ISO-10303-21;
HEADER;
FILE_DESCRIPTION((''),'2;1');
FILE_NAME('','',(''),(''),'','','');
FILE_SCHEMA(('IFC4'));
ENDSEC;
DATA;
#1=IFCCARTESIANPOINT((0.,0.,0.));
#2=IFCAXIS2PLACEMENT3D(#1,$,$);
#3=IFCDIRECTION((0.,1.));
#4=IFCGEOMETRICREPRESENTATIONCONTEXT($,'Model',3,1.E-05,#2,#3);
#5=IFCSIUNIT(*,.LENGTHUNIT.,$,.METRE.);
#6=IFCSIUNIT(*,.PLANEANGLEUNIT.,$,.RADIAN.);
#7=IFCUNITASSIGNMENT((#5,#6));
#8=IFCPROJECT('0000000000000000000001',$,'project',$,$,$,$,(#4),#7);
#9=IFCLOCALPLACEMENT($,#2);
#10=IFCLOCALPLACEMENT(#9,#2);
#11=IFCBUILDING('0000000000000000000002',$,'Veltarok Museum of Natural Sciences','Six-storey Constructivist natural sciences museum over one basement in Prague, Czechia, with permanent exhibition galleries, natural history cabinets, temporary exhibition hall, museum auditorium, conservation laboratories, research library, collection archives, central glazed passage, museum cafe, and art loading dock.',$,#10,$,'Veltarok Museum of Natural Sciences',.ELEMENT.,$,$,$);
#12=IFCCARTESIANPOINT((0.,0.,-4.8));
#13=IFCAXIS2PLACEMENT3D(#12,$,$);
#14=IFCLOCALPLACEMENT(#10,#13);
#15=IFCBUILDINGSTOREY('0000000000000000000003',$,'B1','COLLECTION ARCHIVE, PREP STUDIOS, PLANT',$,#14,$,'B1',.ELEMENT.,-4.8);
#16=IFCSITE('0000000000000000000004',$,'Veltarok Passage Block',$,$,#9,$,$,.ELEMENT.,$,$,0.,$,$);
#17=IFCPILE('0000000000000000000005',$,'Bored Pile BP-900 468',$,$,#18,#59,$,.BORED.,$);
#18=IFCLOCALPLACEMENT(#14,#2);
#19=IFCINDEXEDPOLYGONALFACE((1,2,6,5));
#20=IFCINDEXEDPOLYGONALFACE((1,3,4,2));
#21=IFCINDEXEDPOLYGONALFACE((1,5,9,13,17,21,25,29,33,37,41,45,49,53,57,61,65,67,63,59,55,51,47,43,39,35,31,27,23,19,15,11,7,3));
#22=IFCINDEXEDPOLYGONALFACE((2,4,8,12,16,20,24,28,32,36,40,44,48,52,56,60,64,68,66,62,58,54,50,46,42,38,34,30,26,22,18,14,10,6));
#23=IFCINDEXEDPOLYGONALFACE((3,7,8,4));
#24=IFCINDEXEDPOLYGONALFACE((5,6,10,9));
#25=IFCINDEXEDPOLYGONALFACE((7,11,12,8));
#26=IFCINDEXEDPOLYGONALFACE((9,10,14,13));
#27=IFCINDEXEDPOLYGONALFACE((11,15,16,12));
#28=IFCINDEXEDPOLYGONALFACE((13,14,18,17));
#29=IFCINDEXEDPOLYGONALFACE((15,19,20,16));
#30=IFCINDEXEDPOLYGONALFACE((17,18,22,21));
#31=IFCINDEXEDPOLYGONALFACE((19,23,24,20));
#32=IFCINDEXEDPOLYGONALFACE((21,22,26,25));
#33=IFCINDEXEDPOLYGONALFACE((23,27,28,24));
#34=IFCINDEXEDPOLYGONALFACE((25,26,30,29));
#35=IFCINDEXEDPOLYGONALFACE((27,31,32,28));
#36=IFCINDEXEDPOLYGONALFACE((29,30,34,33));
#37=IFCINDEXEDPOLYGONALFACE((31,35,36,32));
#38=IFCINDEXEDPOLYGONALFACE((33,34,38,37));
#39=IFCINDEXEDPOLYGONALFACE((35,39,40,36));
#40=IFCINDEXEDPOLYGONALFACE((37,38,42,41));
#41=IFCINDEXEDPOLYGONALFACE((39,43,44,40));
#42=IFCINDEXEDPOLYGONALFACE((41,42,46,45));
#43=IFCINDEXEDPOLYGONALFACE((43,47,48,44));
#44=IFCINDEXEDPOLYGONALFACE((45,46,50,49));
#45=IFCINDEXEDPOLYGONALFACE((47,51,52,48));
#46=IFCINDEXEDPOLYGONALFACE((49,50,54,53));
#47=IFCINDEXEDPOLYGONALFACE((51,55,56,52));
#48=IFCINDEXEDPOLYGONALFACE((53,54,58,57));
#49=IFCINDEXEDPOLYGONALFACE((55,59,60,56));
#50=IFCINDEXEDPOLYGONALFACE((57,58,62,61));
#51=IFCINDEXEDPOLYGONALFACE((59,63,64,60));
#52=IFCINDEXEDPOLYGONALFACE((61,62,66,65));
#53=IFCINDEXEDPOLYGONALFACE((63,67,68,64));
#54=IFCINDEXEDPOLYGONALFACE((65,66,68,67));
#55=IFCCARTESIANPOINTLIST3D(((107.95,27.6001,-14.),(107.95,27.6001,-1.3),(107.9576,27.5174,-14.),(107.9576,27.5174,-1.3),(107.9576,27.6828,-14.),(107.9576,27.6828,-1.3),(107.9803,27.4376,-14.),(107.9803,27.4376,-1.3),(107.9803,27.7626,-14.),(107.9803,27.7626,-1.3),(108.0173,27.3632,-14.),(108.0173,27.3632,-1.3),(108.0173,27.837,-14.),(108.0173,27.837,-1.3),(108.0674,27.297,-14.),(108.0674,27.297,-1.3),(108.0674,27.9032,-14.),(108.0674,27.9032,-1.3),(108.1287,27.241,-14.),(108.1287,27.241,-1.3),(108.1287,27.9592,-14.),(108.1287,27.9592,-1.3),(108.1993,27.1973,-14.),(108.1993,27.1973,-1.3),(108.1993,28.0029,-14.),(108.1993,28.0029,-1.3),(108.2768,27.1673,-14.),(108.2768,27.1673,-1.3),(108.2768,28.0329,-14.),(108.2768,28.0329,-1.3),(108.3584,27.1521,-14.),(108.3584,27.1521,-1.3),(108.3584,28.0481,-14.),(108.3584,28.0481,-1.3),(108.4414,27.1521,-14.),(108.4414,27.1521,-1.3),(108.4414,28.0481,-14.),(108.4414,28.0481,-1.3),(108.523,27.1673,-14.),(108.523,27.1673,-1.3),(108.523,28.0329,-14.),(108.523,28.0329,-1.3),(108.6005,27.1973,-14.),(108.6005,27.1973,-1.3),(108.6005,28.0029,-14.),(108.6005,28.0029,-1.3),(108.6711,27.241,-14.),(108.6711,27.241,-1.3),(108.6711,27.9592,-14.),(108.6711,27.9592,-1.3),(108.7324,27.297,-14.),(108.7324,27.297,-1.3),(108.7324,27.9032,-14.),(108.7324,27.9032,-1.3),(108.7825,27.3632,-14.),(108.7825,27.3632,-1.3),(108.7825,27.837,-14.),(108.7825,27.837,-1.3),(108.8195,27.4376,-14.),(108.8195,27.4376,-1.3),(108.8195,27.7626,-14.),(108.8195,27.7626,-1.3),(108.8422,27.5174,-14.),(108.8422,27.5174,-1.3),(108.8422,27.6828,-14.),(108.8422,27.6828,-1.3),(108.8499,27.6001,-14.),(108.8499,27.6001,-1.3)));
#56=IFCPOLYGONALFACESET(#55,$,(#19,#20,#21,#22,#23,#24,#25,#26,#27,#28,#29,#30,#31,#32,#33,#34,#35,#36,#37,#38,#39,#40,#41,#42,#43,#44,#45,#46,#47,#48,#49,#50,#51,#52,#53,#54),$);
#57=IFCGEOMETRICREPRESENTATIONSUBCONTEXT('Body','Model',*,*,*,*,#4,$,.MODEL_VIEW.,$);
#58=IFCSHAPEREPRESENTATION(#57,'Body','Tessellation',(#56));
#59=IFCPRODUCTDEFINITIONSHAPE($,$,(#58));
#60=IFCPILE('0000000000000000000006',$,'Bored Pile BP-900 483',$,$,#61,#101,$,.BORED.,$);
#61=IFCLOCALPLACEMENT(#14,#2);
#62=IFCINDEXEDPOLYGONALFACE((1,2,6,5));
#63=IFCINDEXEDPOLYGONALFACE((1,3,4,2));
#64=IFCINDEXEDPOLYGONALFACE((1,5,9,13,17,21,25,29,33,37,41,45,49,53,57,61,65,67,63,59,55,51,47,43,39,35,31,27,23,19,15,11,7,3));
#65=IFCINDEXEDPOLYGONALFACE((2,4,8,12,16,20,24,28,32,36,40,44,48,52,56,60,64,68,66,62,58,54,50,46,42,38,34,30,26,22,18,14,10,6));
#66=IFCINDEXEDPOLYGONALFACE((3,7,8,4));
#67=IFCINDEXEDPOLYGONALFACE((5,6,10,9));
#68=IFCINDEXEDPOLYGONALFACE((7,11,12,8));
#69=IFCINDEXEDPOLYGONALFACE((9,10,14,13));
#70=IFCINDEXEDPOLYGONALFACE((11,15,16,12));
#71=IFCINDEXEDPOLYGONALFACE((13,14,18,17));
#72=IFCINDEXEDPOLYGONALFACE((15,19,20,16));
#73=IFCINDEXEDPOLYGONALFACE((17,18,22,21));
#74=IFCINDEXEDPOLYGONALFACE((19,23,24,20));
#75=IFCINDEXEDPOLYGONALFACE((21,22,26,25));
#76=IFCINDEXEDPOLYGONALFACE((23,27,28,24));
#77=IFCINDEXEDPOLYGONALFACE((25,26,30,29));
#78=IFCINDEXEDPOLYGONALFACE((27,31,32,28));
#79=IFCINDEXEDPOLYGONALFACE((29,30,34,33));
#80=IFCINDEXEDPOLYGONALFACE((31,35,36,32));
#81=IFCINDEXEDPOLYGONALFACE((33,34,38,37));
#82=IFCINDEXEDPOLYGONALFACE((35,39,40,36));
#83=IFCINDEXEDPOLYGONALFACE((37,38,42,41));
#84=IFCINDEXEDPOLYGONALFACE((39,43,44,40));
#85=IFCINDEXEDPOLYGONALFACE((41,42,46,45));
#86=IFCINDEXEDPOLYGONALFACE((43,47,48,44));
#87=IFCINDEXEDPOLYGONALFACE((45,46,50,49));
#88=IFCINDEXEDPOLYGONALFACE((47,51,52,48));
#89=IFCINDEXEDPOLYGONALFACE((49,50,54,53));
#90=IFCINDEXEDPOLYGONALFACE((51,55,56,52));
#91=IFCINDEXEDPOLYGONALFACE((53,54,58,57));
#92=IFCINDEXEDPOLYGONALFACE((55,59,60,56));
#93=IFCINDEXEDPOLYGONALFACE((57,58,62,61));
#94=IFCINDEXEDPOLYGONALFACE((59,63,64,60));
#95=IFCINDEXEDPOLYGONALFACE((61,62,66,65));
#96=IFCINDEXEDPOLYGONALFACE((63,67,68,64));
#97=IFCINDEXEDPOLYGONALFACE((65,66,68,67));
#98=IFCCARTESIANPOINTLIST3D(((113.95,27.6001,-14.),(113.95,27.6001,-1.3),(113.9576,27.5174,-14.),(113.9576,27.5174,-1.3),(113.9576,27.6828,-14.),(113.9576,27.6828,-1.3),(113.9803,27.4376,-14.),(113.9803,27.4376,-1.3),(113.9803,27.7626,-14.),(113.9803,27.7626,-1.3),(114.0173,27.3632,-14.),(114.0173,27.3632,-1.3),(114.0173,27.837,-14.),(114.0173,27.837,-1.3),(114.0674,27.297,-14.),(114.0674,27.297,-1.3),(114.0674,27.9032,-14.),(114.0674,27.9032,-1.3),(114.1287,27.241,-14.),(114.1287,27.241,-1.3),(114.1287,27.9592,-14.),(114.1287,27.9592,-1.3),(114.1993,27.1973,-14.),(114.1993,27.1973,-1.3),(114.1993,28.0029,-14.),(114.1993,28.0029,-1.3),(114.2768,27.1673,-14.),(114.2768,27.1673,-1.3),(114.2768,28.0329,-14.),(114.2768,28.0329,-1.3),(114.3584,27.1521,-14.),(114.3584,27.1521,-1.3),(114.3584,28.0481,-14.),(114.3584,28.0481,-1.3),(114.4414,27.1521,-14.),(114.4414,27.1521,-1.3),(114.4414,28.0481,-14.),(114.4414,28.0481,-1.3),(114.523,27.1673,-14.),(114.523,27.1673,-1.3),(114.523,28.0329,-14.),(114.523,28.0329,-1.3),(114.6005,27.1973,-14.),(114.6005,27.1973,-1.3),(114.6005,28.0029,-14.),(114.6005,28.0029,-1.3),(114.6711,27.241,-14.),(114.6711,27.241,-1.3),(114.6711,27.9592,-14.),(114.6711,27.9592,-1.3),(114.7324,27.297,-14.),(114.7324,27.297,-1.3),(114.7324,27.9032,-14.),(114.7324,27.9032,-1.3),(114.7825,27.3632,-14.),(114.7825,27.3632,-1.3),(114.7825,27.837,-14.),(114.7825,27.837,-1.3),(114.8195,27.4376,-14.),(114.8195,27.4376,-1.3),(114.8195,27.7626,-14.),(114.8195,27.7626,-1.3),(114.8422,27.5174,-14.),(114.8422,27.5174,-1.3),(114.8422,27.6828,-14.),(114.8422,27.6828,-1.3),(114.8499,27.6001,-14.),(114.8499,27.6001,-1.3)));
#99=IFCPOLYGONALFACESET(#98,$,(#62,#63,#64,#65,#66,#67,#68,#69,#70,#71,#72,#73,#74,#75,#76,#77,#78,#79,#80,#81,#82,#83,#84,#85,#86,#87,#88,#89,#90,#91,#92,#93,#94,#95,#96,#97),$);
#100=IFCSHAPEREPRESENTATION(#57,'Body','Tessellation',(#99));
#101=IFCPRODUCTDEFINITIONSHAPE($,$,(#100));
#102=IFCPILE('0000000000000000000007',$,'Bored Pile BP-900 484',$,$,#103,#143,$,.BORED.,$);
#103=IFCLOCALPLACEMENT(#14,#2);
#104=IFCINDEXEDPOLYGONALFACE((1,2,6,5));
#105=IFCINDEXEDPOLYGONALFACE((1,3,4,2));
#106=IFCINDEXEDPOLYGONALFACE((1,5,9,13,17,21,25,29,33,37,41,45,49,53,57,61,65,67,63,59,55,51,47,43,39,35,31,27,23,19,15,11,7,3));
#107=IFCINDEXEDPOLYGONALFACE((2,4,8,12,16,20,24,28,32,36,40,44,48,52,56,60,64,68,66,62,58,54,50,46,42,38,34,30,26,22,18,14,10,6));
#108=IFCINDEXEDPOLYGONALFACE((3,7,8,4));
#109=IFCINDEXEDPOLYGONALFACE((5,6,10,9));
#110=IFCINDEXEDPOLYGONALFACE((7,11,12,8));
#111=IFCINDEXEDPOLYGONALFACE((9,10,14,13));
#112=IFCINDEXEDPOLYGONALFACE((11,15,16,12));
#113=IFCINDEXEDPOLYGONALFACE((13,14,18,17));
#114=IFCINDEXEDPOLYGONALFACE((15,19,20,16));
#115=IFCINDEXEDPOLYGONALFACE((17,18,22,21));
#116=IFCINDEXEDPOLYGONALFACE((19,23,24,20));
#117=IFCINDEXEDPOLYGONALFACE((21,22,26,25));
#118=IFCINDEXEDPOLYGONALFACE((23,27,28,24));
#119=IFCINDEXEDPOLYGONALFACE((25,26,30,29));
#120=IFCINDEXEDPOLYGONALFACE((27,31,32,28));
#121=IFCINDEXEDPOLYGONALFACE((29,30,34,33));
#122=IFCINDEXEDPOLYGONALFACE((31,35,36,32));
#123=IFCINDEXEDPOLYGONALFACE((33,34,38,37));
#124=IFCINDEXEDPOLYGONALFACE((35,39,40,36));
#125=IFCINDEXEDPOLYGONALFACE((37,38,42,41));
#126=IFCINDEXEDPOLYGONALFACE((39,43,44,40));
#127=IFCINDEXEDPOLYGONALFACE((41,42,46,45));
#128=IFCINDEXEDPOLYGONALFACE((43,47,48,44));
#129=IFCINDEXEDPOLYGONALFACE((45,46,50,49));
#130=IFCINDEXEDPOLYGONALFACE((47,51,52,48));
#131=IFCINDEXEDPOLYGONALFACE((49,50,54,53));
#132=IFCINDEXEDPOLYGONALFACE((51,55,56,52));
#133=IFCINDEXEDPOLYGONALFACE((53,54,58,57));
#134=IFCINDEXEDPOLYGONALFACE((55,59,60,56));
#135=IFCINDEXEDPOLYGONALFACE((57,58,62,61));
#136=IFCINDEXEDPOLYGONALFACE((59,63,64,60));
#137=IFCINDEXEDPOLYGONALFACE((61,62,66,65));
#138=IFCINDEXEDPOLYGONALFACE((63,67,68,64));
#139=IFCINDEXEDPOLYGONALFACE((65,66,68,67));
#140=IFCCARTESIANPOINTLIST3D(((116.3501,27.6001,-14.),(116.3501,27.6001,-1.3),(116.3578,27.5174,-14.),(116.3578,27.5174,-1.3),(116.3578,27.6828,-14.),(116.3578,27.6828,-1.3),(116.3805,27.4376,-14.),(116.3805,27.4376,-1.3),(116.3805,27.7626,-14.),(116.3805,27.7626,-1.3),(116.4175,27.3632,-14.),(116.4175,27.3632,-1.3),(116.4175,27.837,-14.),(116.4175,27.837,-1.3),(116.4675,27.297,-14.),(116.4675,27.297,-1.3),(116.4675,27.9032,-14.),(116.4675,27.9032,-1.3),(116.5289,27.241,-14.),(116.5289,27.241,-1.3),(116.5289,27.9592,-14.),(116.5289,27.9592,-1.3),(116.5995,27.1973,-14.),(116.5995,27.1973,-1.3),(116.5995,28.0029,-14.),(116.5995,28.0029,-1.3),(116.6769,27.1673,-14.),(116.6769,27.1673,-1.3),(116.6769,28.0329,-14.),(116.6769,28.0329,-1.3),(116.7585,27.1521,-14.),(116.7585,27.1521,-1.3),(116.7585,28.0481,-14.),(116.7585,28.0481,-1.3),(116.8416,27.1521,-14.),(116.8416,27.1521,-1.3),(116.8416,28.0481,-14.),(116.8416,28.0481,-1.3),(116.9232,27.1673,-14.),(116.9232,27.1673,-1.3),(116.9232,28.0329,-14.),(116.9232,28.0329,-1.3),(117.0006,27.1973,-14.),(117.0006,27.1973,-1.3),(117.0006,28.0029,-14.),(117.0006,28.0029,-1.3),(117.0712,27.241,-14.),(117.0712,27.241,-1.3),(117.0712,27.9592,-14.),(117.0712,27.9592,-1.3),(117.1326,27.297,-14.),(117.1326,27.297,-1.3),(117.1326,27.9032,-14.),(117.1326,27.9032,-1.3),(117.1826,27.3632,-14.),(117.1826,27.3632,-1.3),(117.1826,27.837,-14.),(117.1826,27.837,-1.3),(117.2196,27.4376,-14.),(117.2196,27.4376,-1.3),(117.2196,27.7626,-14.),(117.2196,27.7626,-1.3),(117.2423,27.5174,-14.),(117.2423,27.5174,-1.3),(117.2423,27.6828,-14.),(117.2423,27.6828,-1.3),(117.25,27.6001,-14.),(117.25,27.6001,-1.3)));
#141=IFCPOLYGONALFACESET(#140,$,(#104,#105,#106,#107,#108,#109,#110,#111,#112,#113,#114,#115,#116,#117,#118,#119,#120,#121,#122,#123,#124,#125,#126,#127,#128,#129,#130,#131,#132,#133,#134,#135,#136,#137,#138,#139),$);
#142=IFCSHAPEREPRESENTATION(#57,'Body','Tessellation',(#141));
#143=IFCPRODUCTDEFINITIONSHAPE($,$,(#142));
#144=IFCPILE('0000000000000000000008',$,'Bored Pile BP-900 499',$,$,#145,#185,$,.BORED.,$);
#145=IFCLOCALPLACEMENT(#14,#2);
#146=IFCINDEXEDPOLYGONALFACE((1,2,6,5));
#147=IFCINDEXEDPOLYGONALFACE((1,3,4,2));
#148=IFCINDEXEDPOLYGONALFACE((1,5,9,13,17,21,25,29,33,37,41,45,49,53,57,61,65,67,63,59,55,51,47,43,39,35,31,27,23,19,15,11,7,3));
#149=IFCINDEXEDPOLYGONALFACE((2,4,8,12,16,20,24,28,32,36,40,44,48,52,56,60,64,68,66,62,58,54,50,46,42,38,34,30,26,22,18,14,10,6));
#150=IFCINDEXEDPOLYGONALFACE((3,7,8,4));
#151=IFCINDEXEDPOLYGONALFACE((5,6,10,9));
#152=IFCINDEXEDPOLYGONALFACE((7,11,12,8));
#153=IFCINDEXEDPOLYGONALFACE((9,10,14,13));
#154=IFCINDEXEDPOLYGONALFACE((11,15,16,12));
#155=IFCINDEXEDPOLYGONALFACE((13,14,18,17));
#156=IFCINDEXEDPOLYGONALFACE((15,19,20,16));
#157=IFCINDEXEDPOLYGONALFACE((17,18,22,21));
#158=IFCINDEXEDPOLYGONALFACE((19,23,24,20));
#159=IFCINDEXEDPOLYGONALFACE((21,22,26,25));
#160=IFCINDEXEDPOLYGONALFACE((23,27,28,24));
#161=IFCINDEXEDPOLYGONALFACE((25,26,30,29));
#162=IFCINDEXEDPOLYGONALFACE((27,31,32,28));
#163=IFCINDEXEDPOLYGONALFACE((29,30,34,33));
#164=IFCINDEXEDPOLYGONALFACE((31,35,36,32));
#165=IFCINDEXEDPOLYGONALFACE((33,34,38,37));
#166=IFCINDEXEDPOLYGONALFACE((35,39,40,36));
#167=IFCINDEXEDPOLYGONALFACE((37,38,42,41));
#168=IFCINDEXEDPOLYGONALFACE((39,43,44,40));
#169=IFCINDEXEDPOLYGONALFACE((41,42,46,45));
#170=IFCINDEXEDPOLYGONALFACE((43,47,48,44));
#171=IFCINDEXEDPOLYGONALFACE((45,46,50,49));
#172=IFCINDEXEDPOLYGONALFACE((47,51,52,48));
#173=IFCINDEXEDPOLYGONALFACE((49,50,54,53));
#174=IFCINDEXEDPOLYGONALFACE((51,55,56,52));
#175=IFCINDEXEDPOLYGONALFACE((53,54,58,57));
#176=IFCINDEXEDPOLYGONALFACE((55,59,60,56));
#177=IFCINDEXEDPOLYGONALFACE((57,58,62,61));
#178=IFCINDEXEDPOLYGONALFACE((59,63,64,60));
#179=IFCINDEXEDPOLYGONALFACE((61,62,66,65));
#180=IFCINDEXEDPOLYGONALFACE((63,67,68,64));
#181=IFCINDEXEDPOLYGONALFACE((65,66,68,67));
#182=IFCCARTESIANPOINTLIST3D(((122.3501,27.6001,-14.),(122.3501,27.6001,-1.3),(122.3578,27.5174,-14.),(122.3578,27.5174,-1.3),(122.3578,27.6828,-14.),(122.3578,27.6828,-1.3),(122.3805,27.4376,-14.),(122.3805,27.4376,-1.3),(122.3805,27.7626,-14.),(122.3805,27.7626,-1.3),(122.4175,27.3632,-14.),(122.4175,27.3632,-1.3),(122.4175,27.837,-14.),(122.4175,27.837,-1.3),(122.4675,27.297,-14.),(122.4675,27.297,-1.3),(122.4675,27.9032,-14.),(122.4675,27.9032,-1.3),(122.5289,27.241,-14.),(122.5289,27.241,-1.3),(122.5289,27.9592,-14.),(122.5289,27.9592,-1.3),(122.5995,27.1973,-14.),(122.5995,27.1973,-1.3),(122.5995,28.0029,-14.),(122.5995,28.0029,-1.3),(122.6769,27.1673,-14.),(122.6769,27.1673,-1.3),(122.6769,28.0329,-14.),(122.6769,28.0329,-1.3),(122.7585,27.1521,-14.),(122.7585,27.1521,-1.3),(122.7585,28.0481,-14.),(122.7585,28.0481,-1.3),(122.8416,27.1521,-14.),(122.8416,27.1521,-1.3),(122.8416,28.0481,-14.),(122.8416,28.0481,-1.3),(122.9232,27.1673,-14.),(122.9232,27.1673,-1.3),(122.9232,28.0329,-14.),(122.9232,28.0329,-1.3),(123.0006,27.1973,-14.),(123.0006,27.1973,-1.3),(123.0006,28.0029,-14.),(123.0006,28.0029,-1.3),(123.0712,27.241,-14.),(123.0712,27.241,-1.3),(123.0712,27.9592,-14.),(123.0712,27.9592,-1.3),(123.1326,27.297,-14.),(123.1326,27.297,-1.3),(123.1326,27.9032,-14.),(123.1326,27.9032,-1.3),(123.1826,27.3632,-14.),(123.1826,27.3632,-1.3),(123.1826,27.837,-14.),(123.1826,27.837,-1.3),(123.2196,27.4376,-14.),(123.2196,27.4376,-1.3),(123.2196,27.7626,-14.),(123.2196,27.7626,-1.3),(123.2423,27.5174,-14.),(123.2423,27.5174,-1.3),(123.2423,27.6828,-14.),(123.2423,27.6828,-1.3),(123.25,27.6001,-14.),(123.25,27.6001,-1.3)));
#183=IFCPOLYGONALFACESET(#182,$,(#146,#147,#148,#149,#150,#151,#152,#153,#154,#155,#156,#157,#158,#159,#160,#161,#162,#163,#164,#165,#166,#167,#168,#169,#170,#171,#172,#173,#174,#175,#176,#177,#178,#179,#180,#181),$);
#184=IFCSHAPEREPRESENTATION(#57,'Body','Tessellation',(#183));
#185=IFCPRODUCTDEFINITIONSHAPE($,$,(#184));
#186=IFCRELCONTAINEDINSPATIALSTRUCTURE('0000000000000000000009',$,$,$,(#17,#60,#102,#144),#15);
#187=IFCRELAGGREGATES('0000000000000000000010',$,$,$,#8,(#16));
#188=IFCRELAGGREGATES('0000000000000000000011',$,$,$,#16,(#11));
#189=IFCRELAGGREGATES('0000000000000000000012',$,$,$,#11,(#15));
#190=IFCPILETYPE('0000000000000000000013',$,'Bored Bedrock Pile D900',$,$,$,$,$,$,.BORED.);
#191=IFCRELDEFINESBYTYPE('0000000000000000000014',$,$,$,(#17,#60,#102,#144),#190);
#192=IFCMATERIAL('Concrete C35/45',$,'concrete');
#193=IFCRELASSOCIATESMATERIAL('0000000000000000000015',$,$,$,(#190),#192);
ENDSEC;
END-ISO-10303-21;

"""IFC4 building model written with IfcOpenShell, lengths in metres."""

from ifc_helpers import new_model, si_unit, direction, frame, origin, origin_2d, place, context, subcontext, project, spatial, circle, extrude, material, material_profile, profile_set, type_object, element, save


model = new_model("IFC4")

# Units and contexts
model_context = context("Model", 3, precision=1e-05, world=origin(), true_north=direction((0.0, 1.0)))
body_context = subcontext(model_context, "Body", "Model", "MODEL_VIEW")
ifc_project = project(units=[si_unit("LENGTHUNIT", "METRE"), si_unit("PLANEANGLEUNIT", "RADIAN")], contexts=[model_context])

# Site, building, storey
site_placement = place(None, origin())
site = spatial("IfcSite", under=ifc_project, at=site_placement, Name="Veltarok Passage Block", CompositionType="ELEMENT", RefElevation=0.0)
building_placement = place(site_placement, origin())
building = spatial("IfcBuilding", under=site, at=building_placement, Name="Veltarok Museum of Natural Sciences", Description="Six-storey Constructivist natural sciences museum over one basement in Prague, Czechia, with permanent exhibition galleries, natural history cabinets, temporary exhibition hall, museum auditorium, conservation laboratories, research library, collection archives, central glazed passage, museum cafe, and art loading dock.", LongName="Veltarok Museum of Natural Sciences", CompositionType="ELEMENT")
storey_placement = place(building_placement, frame((0.0, 0.0, -4.8)))
storey = spatial("IfcBuildingStorey", under=building, at=storey_placement, Name="B1", Description="COLLECTION ARCHIVE, PREP STUDIOS, PLANT", LongName="B1", CompositionType="ELEMENT", Elevation=-4.8)

# Piles
ifc_material_1 = material(Name="Concrete C35/45", Category="concrete")
ifc_material_profile_1 = material_profile(ifc_material_1, circle(Radius=0.45, at=origin_2d()), Name="BP D900")
ifc_profile_set_1 = profile_set([ifc_material_profile_1], Name="Concrete C35/45")
pile_type = type_object("IfcPileType", Name="Bored Bedrock Pile D900", PredefinedType="BORED", material=ifc_profile_set_1)
for number, where, z_axis, x_axis, name in (
    (1, (108.3999, 27.6001, -1.3), (0.0, 0.0, -1.0), (1.0, 0.0, 0.0), "Bored Pile BP-900 468"),
    (2, (114.3999, 27.6001, -1.3), (0.0, 0.0, -1.0), (1.0, 0.0, 0.0), "Bored Pile BP-900 483"),
    (3, (116.8, 27.6001, -1.3), (0.0, 0.0, -1.0), (1.0, 0.0, 0.0), "Bored Pile BP-900 484"),
    (4, (122.8, 27.6001, -1.3), (0.0, 0.0, -1.0), (1.0, 0.0, 0.0), "Bored Pile BP-900 499"),
):
    element("IfcPile", number, at=place(storey_placement, frame(where, z_axis=z_axis, x_axis=x_axis)), inside=storey, type_object=pile_type, Name=name, PredefinedType="BORED", context=body_context, shape_type="SweptSolid", body=[
        extrude(circle(Radius=0.45, at=origin_2d()), origin(), (0.0, 0.0, 1.0), 12.7),
    ])

save(model, "model.ifc")
